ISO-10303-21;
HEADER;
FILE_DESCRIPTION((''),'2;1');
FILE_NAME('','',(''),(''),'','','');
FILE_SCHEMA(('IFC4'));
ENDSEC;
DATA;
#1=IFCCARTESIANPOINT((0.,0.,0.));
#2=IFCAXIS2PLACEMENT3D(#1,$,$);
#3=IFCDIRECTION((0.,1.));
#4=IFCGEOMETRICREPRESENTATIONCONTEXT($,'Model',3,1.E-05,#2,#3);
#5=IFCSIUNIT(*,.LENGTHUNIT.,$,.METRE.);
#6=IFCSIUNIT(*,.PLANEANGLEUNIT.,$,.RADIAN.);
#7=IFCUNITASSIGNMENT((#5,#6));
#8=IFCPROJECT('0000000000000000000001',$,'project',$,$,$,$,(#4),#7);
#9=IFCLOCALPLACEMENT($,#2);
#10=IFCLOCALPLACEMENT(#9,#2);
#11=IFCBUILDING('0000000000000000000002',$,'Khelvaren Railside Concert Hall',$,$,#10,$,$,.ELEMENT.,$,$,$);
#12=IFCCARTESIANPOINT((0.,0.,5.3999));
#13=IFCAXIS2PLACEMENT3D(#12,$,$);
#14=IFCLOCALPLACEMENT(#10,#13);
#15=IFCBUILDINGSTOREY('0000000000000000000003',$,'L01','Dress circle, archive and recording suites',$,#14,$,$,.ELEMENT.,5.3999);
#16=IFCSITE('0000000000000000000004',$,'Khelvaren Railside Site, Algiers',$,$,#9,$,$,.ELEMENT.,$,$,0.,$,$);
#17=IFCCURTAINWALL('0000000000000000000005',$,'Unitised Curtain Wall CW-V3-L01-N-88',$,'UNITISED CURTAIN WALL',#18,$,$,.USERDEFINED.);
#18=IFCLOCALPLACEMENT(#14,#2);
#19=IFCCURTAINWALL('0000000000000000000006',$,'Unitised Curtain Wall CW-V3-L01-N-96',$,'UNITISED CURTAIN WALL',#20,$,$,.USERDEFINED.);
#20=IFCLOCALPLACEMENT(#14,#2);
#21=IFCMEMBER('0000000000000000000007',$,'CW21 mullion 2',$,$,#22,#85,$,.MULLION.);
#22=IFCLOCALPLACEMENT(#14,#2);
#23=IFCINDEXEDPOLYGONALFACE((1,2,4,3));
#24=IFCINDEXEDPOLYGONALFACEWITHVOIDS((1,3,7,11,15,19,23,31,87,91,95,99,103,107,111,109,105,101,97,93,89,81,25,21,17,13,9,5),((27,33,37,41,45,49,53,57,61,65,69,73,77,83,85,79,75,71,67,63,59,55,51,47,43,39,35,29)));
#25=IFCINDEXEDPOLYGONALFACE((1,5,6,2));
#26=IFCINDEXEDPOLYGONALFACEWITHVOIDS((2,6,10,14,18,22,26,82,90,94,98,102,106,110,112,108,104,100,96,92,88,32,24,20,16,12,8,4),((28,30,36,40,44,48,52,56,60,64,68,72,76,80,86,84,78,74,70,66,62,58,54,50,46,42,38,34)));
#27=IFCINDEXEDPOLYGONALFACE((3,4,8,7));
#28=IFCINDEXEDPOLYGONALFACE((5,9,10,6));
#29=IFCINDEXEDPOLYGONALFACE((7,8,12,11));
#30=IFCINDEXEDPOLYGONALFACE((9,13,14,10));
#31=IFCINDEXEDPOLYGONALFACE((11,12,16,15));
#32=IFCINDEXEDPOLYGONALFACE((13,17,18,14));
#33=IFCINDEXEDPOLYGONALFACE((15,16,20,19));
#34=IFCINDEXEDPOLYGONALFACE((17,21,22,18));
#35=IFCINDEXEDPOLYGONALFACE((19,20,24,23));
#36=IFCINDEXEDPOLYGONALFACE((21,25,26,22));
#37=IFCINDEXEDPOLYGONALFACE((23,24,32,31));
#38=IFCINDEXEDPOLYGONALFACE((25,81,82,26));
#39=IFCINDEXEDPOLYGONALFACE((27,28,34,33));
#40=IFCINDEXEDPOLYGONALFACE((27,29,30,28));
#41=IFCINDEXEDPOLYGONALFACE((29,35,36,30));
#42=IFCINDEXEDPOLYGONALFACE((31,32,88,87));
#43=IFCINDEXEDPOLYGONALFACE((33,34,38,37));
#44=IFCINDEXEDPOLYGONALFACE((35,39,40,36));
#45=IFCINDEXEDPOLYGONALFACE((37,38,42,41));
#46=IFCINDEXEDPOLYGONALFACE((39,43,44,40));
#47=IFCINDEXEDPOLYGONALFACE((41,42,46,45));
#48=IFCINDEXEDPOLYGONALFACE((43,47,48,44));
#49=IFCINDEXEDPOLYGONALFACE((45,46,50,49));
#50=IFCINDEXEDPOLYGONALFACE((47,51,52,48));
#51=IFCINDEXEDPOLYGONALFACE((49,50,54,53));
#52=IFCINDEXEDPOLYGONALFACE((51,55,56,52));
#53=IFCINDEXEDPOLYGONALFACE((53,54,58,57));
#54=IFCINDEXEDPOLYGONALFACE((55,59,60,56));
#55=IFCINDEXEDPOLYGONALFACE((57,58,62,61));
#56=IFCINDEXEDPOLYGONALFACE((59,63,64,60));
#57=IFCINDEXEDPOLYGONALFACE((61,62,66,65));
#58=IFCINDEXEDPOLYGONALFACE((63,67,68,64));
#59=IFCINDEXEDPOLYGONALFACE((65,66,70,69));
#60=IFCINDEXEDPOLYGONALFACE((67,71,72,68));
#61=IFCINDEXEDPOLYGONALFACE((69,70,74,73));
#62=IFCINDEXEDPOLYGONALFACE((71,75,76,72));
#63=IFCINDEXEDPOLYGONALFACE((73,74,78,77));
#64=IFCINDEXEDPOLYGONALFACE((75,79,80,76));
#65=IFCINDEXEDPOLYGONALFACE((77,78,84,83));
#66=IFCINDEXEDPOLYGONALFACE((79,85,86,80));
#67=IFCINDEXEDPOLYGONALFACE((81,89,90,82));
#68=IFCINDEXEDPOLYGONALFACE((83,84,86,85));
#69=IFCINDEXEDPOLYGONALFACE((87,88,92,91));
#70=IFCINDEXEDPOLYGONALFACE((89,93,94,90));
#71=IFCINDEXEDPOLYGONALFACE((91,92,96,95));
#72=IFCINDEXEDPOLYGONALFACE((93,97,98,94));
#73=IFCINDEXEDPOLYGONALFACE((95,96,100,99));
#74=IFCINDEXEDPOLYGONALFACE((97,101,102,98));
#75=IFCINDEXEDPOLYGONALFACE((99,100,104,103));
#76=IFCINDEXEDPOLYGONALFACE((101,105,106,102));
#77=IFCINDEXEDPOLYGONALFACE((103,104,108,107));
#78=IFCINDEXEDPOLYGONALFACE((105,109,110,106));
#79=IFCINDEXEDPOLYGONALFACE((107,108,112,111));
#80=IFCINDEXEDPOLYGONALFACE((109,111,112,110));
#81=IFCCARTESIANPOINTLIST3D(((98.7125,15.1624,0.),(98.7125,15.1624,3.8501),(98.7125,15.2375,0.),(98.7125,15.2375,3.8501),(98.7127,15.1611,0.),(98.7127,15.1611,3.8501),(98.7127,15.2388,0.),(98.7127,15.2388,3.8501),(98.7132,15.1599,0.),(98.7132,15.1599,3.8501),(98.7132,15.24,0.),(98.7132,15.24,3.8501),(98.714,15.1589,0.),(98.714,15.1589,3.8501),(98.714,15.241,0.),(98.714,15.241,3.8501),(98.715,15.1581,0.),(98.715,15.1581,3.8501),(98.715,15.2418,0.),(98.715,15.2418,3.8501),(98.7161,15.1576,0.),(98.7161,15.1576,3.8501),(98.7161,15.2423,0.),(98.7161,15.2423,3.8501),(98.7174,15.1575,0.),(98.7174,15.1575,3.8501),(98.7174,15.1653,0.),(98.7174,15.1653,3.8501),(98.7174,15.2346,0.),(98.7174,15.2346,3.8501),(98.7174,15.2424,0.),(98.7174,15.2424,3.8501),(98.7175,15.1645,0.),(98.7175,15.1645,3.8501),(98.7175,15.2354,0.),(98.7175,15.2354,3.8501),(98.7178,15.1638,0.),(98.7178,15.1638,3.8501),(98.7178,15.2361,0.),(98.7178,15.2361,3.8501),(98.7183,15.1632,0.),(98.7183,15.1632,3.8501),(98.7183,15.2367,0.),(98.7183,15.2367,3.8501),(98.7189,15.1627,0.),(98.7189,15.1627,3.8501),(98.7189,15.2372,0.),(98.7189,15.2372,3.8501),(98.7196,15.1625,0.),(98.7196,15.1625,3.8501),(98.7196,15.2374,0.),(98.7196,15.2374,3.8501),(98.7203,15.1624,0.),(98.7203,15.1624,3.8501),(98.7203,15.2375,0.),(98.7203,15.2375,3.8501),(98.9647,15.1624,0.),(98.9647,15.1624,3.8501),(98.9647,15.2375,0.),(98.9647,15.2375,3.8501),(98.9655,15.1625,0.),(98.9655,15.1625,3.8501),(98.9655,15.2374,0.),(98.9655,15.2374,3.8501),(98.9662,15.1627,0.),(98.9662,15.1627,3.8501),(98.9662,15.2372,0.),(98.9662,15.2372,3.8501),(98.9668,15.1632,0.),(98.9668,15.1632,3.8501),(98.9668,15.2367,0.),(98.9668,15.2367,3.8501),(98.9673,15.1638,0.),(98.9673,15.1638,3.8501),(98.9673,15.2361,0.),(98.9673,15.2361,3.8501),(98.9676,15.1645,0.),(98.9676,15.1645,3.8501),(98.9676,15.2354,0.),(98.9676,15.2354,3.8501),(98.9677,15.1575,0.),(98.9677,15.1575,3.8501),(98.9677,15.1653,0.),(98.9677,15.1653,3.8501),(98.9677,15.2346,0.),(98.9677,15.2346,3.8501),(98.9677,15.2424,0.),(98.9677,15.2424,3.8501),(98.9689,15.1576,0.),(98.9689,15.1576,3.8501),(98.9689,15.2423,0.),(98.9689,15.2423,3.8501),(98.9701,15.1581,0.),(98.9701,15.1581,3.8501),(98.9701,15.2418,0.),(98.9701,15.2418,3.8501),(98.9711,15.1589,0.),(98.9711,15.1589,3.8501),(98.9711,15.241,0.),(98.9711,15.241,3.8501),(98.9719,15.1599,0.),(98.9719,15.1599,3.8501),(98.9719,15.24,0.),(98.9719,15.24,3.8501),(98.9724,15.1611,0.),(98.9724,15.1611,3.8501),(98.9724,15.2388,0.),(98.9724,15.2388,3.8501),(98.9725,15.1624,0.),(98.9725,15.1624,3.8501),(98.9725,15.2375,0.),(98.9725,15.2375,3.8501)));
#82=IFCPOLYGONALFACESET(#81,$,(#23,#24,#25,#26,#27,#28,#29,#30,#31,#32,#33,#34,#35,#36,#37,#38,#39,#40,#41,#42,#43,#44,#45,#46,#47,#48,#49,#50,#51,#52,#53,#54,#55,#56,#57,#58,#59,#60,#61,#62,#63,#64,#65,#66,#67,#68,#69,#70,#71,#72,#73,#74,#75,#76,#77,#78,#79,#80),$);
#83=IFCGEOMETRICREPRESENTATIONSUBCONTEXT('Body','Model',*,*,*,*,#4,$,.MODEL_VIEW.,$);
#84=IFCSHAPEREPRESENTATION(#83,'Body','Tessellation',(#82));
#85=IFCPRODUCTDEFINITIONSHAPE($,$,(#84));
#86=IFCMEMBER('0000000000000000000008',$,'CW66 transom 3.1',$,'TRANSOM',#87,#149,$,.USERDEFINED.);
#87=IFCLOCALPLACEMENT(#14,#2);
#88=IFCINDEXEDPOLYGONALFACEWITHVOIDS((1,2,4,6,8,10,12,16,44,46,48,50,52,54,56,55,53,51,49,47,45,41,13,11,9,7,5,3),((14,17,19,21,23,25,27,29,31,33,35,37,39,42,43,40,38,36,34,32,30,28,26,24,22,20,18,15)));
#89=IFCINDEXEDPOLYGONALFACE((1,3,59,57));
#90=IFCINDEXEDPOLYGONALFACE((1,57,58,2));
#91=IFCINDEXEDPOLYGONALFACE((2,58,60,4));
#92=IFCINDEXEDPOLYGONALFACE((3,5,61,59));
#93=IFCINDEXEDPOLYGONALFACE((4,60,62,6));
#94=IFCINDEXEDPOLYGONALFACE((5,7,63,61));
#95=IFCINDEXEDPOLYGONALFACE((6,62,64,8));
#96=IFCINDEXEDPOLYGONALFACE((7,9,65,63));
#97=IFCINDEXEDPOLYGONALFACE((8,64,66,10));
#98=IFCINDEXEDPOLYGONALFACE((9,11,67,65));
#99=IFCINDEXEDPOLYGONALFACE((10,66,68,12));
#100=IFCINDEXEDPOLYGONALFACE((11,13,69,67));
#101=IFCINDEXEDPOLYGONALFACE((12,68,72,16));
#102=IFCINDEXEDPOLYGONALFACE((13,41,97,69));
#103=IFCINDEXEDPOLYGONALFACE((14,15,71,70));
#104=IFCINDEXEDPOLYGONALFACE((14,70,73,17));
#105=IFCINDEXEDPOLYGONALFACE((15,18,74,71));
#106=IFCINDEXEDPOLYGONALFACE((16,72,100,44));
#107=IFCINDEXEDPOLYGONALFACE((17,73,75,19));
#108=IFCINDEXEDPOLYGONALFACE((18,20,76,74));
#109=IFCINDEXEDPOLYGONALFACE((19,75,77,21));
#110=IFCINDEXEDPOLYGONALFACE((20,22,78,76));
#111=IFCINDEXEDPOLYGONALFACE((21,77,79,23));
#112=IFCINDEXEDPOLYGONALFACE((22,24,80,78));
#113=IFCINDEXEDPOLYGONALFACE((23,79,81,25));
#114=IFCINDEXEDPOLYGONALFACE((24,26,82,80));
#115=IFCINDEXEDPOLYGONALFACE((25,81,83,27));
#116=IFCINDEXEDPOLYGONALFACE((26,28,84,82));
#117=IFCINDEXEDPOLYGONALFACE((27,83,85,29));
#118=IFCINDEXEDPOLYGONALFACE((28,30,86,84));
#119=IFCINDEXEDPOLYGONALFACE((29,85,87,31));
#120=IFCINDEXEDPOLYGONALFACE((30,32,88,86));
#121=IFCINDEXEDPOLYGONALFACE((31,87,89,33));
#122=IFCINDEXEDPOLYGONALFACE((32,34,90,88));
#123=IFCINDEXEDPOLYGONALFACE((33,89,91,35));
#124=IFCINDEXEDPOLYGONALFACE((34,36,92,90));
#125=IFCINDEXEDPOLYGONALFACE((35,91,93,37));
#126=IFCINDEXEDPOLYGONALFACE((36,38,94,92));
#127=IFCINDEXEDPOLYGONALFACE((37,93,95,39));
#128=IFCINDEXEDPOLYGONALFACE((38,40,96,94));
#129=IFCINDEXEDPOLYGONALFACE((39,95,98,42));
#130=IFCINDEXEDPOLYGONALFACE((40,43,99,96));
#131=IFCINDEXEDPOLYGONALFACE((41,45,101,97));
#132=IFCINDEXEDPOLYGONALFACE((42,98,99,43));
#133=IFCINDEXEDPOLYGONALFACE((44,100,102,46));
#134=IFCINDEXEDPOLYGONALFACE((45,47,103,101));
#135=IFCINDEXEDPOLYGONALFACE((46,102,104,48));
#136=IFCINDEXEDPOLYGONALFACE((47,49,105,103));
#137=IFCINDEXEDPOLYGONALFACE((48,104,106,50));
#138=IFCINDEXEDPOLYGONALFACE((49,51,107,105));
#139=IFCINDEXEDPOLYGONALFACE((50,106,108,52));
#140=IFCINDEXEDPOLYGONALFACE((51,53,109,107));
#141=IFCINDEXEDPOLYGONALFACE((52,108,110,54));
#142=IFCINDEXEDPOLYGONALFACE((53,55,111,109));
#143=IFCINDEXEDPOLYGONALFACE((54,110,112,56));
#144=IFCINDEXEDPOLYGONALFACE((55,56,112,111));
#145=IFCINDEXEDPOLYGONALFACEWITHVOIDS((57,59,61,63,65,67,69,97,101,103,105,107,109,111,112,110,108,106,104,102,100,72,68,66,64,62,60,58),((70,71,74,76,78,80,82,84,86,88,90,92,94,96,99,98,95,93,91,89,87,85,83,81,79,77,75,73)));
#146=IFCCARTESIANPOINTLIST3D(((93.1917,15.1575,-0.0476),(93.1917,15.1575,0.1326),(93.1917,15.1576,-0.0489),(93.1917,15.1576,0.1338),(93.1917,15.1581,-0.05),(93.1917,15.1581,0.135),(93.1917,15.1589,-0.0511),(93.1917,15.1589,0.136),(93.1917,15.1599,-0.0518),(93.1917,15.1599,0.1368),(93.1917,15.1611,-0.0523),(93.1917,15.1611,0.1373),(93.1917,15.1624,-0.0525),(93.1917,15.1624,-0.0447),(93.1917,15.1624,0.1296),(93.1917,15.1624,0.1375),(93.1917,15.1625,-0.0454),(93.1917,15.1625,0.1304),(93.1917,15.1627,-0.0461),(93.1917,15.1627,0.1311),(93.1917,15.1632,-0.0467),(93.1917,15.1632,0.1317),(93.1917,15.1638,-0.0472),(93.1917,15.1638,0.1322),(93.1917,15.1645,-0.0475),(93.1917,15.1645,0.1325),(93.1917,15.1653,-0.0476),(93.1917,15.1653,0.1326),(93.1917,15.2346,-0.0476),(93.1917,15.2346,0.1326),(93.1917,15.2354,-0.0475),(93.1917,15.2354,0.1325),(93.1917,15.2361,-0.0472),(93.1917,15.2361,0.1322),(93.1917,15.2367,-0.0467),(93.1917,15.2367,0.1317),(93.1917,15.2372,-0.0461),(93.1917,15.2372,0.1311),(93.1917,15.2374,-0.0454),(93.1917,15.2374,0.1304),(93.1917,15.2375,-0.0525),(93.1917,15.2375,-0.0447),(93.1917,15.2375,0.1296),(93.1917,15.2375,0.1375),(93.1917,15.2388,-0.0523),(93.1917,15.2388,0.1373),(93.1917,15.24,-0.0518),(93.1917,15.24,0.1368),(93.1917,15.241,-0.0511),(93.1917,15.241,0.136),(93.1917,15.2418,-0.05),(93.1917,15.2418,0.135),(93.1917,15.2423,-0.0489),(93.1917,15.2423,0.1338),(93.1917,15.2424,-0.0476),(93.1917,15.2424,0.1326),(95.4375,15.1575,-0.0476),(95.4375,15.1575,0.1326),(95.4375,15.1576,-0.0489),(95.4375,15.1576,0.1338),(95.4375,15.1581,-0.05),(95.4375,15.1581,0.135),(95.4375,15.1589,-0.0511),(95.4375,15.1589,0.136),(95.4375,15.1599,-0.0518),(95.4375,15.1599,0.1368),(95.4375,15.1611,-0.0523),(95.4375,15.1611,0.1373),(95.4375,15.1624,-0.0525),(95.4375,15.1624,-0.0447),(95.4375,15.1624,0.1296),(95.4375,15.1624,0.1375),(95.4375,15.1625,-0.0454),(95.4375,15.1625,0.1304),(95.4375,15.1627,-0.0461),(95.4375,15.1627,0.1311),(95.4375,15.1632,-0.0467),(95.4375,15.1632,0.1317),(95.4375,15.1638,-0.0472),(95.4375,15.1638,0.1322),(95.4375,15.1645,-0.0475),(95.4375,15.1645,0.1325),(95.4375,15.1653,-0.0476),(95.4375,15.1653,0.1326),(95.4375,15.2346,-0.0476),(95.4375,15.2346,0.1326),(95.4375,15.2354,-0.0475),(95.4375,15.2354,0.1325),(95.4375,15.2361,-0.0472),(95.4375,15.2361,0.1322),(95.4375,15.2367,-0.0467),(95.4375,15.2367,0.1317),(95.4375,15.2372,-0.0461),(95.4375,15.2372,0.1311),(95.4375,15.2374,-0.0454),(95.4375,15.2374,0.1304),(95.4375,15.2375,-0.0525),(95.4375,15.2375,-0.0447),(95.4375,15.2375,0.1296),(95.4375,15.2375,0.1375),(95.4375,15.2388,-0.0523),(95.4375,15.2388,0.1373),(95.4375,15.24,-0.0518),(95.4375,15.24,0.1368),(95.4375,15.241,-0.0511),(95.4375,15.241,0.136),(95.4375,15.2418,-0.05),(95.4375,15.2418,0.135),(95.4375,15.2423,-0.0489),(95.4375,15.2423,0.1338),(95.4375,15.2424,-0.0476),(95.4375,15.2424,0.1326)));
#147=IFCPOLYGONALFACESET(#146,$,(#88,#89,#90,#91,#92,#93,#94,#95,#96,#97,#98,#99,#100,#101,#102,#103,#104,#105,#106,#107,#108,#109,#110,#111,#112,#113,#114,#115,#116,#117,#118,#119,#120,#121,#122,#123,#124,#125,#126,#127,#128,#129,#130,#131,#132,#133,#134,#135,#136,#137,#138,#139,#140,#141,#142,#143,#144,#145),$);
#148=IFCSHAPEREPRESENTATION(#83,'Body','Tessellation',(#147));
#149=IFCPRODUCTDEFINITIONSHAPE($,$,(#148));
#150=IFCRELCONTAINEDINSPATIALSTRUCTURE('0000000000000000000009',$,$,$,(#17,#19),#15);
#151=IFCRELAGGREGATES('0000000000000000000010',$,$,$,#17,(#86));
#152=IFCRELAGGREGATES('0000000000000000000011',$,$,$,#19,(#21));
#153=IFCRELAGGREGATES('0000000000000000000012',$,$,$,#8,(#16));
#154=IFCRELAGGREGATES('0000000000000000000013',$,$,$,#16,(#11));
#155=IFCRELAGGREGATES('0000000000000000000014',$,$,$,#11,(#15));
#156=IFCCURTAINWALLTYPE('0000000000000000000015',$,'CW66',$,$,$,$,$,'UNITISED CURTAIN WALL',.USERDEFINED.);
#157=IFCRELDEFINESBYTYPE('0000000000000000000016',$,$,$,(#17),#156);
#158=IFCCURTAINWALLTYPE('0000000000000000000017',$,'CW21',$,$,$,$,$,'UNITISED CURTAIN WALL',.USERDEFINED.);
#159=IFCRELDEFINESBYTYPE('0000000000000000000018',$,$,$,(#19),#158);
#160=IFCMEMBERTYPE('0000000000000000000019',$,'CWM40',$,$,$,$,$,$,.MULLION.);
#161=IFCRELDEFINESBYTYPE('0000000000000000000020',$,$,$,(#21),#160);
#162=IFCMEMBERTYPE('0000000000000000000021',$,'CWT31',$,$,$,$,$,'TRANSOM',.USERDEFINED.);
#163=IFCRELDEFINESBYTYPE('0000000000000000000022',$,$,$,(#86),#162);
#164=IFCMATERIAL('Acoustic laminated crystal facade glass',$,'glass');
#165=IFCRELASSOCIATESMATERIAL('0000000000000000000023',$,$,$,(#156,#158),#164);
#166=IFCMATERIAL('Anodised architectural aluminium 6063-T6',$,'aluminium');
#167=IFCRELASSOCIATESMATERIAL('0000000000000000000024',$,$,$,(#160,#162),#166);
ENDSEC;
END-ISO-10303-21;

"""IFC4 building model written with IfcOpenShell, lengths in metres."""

from ifc_helpers import new_model, si_unit, direction, frame, origin, origin_2d, place, context, subcontext, project, spatial, hollow_rectangle, extrude, material, material_profile, profile_set, type_object, element, aggregate, save


model = new_model("IFC4")

# Units and contexts
model_context = context("Model", 3, precision=1e-05, world=origin(), true_north=direction((0.0, 1.0)))
body_context = subcontext(model_context, "Body", "Model", "MODEL_VIEW")
ifc_project = project(units=[si_unit("LENGTHUNIT", "METRE"), si_unit("PLANEANGLEUNIT", "RADIAN")], contexts=[model_context])

# Site, building, storey
site_placement = place(None, origin())
site = spatial("IfcSite", under=ifc_project, at=site_placement, Name="Khelvaren Railside Site, Algiers", CompositionType="ELEMENT", RefElevation=0.0)
building_placement = place(site_placement, origin())
building = spatial("IfcBuilding", under=site, at=building_placement, Name="Khelvaren Railside Concert Hall", CompositionType="ELEMENT")
storey_placement = place(building_placement, frame((0.0, 0.0, 5.3999)))
storey = spatial("IfcBuildingStorey", under=building, at=storey_placement, Name="L01", Description="Dress circle, archive and recording suites", CompositionType="ELEMENT", Elevation=5.3999)

# Curtain walls, member
ifc_material_1 = material(Name="Acoustic laminated crystal facade glass", Category="glass")
curtain_wall_type_1 = type_object("IfcCurtainWallType", Name="CW66", ElementType="UNITISED CURTAIN WALL", PredefinedType="USERDEFINED", material=ifc_material_1)
curtain_wall_1_placement = place(storey_placement, origin())
curtain_wall_1 = element("IfcCurtainWall", 1, at=curtain_wall_1_placement, inside=storey, type_object=curtain_wall_type_1, Name="Unitised Curtain Wall CW-V3-L01-N-88", ObjectType="UNITISED CURTAIN WALL", PredefinedType="USERDEFINED")
ifc_material_2 = material(Name="Anodised architectural aluminium 6063-T6", Category="aluminium")
ifc_material_profile_1 = material_profile(ifc_material_2, hollow_rectangle(XDim=0.085, YDim=0.26, WallThickness=0.0049, InnerFilletRadius=0.0029, OuterFilletRadius=0.0049, at=origin_2d()), Name="CWM 85x260x5")
ifc_profile_set_1 = profile_set([ifc_material_profile_1], Name="Anodised architectural aluminium 6063-T6")
member_type_1 = type_object("IfcMemberType", Name="CWM40", PredefinedType="MULLION", material=ifc_profile_set_1)
curtain_wall_type_2 = type_object("IfcCurtainWallType", Name="CW21", ElementType="UNITISED CURTAIN WALL", PredefinedType="USERDEFINED", material=ifc_material_1)
curtain_wall_2_placement = place(storey_placement, origin())
curtain_wall_2 = element("IfcCurtainWall", 2, at=curtain_wall_2_placement, inside=storey, type_object=curtain_wall_type_2, Name="Unitised Curtain Wall CW-V3-L01-N-96", ObjectType="UNITISED CURTAIN WALL", PredefinedType="USERDEFINED")
member_1_placement = place(storey_placement, frame((98.8425, 15.2, 0.0), z_axis=(0.0, 0.0, 1.0), x_axis=(0.0, 1.0, 0.0)))
member_1 = element("IfcMember", 3, at=member_1_placement, type_object=member_type_1, Name="CW21 mullion 2", PredefinedType="MULLION", context=body_context, shape_type="SweptSolid", body=[
    extrude(hollow_rectangle(XDim=0.085, YDim=0.26, WallThickness=0.0049, InnerFilletRadius=0.0029, OuterFilletRadius=0.0049, at=origin_2d()), origin(), (0.0, 0.0, 1.0), 3.8501),
])

# Member
ifc_material_profile_2 = material_profile(ifc_material_2, hollow_rectangle(XDim=0.085, YDim=0.1899, WallThickness=0.0049, InnerFilletRadius=0.0029, OuterFilletRadius=0.0049, at=origin_2d()), Name="CWT 85x190x5")
ifc_profile_set_2 = profile_set([ifc_material_profile_2], Name="Anodised architectural aluminium 6063-T6")
member_type_2 = type_object("IfcMemberType", Name="CWT31", ElementType="TRANSOM", PredefinedType="USERDEFINED", material=ifc_profile_set_2)
member_2_placement = place(storey_placement, frame((93.1917, 15.2, 0.0425), z_axis=(1.0, 0.0, 0.0), x_axis=(0.0, 1.0, 0.0)))
member_2 = element("IfcMember", 4, at=member_2_placement, type_object=member_type_2, Name="CW66 transom 3.1", ObjectType="TRANSOM", PredefinedType="USERDEFINED", context=body_context, shape_type="SweptSolid", body=[
    extrude(hollow_rectangle(XDim=0.085, YDim=0.1899, WallThickness=0.0049, InnerFilletRadius=0.0029, OuterFilletRadius=0.0049, at=origin_2d()), origin(), (0.0, 0.0, 1.0), 2.2458),
])

aggregate(curtain_wall_1, [member_2])
aggregate(curtain_wall_2, [member_1])

save(model, "model.ifc")
